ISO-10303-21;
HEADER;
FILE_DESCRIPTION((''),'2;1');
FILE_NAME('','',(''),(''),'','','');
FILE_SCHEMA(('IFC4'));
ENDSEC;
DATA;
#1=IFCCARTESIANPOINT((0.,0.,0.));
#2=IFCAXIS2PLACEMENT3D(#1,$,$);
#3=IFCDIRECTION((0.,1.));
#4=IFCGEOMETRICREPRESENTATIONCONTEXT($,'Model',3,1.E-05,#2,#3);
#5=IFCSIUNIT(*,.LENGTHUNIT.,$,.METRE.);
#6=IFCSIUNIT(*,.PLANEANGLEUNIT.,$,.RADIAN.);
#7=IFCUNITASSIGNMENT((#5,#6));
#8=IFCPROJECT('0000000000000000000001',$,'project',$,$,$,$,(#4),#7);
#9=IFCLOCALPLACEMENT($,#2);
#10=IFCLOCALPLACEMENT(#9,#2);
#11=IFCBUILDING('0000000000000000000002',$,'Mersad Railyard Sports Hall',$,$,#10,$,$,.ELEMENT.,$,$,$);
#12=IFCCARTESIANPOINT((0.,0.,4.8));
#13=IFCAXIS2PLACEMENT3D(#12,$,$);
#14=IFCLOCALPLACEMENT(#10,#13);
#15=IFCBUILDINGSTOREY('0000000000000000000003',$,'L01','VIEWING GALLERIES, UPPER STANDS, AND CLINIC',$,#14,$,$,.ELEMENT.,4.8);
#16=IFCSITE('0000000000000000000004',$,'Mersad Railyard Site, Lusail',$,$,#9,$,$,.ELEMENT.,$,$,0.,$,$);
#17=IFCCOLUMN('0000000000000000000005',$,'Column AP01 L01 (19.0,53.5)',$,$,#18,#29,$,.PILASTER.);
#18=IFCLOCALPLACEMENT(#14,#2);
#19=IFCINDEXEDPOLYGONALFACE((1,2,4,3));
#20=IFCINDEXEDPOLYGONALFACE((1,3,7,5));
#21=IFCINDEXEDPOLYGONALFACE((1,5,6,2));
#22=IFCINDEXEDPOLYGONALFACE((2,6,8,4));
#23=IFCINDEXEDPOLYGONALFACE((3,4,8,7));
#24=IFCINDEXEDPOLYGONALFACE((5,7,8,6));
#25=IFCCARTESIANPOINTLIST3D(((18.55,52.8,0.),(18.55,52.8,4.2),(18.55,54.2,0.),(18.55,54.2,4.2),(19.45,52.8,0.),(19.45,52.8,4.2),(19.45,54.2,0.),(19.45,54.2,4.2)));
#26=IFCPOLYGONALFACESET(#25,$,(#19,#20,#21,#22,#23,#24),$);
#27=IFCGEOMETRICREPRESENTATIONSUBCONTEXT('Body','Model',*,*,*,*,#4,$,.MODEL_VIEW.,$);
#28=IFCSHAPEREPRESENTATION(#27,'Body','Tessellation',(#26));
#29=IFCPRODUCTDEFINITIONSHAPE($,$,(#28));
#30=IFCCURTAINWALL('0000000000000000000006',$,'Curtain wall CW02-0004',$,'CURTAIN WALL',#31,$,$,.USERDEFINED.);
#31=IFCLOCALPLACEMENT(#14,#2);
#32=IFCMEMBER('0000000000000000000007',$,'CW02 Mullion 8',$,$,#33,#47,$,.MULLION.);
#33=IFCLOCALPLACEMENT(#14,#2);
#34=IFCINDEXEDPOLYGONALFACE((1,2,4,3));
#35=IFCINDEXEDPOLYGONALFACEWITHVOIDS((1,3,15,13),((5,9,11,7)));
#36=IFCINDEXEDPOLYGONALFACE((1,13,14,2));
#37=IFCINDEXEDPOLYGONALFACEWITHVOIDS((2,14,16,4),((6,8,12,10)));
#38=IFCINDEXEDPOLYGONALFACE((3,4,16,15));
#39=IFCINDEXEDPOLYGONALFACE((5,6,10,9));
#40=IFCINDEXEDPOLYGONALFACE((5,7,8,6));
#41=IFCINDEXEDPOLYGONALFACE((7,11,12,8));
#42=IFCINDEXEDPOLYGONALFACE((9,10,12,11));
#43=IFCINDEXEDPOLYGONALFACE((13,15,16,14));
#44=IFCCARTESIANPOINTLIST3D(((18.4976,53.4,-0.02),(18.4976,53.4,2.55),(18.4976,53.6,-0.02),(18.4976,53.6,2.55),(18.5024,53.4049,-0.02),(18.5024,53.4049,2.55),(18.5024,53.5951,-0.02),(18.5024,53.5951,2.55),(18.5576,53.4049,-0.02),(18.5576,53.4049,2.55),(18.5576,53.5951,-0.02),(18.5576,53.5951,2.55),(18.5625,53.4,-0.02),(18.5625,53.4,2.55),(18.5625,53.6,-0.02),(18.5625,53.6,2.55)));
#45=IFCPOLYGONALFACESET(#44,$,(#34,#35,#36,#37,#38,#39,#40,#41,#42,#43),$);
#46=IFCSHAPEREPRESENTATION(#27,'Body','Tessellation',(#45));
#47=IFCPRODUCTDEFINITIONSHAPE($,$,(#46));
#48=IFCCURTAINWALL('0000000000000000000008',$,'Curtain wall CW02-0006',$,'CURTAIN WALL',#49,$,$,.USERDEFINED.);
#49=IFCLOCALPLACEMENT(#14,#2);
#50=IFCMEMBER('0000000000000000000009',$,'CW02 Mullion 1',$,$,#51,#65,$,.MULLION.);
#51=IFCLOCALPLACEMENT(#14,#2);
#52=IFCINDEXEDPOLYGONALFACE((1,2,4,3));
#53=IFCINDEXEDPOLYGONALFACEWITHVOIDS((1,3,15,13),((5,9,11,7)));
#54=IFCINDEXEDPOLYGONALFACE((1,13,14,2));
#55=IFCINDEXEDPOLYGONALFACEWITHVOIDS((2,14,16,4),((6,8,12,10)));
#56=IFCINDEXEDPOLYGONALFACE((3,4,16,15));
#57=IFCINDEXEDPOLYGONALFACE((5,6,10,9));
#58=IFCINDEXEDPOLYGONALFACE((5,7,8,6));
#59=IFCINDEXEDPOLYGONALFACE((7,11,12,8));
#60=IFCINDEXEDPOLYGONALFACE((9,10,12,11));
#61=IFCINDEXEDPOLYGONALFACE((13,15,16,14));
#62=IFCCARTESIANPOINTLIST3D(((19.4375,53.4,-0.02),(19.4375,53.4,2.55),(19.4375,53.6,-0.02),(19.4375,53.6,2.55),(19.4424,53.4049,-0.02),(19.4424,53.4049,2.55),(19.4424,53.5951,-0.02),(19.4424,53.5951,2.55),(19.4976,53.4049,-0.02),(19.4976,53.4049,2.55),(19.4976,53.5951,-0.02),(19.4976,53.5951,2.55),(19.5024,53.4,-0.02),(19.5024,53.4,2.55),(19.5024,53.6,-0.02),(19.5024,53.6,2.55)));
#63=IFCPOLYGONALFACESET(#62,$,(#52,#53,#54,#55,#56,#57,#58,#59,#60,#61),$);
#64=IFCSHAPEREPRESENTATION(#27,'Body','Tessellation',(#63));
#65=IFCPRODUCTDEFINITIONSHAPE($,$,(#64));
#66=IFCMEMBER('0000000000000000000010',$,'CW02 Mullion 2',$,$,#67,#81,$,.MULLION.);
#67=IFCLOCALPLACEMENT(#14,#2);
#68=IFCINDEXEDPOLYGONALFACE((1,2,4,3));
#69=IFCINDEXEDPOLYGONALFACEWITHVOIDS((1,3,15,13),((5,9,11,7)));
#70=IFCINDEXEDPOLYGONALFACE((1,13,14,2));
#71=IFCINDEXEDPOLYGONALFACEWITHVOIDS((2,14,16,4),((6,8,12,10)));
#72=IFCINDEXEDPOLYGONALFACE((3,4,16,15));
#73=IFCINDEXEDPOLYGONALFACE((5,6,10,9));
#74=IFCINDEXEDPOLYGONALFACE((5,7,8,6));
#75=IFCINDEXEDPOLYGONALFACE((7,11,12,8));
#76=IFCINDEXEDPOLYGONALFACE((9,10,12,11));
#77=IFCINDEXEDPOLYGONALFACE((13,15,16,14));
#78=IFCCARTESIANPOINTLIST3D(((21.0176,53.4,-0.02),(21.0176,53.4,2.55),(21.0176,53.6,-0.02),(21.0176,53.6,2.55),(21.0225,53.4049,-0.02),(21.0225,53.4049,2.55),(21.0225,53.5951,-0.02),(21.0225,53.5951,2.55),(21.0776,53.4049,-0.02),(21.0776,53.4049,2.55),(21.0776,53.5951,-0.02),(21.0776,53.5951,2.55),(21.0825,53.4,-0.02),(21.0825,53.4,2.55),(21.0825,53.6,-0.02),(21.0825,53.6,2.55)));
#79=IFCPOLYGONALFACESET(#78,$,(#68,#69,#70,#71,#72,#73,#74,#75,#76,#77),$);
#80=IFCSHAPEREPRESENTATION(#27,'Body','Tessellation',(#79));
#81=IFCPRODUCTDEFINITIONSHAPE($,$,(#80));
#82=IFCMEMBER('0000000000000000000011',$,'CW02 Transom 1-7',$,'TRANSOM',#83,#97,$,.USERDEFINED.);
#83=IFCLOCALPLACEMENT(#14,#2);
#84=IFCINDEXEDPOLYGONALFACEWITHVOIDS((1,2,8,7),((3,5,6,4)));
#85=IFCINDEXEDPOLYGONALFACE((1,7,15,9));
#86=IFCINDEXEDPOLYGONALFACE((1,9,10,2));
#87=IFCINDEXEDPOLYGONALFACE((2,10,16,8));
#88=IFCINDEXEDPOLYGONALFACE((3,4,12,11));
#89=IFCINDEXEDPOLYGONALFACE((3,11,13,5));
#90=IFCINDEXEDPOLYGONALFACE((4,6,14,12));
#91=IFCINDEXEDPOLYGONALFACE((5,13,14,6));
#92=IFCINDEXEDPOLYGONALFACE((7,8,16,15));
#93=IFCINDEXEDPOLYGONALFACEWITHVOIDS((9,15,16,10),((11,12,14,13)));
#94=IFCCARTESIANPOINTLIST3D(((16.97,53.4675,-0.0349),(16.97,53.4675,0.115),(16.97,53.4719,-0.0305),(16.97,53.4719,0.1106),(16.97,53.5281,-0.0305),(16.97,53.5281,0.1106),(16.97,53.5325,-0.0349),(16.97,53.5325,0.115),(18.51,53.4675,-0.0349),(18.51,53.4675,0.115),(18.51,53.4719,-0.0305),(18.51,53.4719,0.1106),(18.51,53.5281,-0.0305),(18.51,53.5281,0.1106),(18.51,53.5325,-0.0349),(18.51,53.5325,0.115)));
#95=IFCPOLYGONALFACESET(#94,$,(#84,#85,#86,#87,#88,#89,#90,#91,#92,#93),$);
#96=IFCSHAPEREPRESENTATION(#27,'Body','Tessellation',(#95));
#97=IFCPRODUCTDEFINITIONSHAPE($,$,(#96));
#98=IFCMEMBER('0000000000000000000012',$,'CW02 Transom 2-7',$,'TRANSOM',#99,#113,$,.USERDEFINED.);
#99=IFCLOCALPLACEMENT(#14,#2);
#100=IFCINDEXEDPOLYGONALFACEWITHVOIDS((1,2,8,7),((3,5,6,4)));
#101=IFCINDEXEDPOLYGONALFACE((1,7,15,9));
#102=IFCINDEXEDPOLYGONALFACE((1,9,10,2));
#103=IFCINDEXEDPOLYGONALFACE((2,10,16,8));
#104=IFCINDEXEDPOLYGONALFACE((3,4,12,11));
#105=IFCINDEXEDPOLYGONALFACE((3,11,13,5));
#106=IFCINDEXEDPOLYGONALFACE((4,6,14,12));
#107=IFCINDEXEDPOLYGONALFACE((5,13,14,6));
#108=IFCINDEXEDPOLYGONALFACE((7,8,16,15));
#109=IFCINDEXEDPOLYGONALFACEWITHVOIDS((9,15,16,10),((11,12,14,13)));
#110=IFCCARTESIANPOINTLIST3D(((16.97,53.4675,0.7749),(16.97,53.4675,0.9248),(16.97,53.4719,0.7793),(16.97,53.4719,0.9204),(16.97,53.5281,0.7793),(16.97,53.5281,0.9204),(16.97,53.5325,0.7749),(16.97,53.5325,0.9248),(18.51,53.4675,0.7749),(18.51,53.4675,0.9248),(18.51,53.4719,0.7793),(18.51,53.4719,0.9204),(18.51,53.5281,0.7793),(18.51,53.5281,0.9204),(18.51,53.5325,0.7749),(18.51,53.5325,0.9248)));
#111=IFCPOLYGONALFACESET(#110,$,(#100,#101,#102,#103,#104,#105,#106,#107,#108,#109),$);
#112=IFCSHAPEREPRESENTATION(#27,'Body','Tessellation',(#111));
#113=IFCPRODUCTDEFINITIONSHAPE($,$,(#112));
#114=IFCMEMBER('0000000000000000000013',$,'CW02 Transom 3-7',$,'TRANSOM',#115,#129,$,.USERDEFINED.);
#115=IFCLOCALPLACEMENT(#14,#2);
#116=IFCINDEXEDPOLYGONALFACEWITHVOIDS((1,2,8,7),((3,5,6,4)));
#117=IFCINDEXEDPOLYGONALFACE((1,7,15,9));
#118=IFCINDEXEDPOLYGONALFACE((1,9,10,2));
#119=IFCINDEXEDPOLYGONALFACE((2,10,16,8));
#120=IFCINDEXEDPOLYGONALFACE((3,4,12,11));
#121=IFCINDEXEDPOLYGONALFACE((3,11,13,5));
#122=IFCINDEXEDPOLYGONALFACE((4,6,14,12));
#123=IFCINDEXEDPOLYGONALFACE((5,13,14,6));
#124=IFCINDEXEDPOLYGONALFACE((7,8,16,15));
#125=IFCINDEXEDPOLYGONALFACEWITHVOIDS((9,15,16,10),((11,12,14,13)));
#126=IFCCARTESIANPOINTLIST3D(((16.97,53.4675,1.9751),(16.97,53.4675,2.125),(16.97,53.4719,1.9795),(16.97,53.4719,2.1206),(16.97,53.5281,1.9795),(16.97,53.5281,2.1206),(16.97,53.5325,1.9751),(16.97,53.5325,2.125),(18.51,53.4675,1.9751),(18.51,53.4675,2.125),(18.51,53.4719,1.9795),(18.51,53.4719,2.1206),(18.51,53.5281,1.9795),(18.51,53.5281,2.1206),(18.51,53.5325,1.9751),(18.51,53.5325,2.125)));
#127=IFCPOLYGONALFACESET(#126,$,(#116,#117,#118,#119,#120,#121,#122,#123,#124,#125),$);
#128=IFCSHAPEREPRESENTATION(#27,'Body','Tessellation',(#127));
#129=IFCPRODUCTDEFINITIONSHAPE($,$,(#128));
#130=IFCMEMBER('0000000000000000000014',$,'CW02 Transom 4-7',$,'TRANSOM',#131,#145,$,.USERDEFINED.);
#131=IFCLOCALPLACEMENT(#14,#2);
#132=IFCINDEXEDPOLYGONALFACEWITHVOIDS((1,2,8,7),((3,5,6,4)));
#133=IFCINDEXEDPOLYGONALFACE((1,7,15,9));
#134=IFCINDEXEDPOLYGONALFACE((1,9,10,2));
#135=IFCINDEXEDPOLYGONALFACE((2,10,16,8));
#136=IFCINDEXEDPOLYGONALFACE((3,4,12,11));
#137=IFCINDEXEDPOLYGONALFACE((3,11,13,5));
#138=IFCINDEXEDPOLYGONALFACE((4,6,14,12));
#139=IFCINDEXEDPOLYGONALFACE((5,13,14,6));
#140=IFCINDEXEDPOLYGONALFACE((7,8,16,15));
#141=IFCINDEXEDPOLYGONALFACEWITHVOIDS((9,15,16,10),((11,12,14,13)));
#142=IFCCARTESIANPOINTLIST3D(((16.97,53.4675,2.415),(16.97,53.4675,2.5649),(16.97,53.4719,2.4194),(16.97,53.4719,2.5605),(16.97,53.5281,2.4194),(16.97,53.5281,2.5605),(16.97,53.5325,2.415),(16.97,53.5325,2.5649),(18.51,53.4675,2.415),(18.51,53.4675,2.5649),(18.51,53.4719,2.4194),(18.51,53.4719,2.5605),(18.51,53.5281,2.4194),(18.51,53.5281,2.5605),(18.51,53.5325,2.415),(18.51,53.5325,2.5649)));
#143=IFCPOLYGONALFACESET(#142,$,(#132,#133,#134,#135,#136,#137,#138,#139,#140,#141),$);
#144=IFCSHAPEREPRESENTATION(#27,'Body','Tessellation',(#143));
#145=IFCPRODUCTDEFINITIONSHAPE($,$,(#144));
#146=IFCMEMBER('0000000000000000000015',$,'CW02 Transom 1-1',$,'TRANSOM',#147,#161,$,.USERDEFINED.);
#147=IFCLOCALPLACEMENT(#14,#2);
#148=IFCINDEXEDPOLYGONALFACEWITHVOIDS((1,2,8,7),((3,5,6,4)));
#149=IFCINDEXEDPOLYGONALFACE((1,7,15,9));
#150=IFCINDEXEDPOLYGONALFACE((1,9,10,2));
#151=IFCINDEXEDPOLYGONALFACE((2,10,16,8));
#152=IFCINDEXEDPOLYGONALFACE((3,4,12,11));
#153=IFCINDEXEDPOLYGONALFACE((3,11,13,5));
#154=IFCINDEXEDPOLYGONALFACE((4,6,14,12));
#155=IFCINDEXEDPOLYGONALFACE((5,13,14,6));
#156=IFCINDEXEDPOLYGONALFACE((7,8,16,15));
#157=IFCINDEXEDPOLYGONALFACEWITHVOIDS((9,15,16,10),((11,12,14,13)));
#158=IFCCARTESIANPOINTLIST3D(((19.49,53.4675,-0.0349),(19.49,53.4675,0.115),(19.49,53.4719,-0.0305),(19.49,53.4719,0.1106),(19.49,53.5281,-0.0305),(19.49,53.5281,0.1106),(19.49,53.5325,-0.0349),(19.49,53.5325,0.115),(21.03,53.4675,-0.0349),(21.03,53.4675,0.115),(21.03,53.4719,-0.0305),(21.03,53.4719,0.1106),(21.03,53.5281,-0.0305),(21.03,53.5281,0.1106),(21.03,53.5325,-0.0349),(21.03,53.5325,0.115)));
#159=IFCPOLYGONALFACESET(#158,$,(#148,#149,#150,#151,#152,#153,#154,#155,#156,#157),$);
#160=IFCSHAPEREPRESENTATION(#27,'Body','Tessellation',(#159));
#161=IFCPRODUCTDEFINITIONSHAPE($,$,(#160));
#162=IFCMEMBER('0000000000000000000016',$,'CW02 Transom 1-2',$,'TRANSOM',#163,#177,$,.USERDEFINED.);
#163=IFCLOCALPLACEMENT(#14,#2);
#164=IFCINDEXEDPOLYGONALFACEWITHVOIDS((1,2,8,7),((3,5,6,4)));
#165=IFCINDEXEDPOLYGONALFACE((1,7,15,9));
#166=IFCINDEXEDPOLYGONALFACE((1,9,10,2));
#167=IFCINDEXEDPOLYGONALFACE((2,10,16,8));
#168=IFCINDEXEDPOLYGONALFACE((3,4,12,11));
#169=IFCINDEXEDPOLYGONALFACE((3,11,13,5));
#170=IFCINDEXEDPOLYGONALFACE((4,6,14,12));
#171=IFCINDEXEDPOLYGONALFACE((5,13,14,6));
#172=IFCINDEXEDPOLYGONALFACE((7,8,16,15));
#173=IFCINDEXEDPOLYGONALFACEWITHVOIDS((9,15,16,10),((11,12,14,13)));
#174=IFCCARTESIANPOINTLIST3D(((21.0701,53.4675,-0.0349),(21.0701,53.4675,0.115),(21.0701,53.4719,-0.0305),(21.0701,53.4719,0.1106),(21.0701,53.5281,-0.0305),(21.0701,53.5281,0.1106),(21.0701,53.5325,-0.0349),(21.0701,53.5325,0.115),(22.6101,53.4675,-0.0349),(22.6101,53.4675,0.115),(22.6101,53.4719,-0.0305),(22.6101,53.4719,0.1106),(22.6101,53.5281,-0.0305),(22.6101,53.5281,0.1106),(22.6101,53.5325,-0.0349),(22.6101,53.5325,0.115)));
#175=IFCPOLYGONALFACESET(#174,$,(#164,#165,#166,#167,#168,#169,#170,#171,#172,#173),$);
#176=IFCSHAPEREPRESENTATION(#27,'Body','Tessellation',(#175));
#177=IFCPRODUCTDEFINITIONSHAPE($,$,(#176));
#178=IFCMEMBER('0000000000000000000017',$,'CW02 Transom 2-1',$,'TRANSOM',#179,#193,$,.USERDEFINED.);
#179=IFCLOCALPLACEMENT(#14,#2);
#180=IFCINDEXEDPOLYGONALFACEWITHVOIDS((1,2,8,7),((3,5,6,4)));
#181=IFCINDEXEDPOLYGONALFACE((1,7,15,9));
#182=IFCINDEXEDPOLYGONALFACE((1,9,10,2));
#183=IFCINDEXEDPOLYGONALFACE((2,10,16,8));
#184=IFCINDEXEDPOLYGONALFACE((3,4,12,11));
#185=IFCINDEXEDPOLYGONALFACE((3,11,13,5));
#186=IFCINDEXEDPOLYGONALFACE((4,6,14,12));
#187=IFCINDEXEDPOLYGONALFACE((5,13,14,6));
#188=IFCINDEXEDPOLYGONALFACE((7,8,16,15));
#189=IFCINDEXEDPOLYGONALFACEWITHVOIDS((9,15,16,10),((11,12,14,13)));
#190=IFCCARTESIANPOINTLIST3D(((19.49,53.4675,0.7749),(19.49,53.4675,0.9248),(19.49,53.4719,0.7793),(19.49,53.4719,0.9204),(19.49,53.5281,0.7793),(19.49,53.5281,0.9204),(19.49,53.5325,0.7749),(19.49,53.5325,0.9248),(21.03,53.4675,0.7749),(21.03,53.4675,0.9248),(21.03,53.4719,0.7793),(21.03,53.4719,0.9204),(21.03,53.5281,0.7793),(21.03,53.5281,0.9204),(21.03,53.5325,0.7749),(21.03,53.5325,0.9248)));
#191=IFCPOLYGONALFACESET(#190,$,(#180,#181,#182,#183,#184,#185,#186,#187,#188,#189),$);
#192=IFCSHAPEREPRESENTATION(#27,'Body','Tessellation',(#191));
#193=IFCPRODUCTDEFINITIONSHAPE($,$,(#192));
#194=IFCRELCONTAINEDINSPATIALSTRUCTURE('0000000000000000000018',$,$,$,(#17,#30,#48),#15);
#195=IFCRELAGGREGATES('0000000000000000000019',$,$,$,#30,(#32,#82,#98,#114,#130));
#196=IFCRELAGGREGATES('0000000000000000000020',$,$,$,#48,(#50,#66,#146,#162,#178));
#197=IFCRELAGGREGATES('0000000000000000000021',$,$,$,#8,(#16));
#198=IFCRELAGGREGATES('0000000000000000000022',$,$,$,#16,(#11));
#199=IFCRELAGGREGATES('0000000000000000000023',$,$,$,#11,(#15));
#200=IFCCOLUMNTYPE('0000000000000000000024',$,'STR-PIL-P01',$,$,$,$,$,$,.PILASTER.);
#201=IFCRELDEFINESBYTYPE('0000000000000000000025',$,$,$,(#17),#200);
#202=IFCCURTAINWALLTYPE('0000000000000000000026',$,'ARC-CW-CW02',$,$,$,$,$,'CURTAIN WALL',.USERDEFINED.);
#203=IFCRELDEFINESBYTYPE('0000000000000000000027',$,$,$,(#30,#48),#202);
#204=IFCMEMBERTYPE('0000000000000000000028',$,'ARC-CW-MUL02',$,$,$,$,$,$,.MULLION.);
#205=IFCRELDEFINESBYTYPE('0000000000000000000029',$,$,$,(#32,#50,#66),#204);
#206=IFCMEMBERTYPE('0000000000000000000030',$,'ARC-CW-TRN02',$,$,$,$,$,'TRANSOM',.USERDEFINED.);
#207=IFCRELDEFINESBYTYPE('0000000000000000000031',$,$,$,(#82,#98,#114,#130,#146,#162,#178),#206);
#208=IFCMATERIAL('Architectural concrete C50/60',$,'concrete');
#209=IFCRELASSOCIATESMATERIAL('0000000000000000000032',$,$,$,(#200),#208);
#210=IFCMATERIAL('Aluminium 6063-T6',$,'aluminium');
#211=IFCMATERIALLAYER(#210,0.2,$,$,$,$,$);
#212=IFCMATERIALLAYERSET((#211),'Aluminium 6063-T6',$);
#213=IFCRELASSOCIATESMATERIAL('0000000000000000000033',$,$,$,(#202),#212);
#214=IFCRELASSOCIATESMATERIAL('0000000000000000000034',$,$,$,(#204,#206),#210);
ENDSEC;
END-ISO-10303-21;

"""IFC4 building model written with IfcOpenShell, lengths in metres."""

from ifc_helpers import new_model, si_unit, direction, frame, origin, origin_2d, place, context, subcontext, project, spatial, rectangle, hollow_rectangle, extrude, material, layer, layer_set, material_profile, profile_set, type_object, element, aggregate, save


model = new_model("IFC4")

# Units and contexts
model_context = context("Model", 3, precision=1e-05, world=origin(), true_north=direction((0.0, 1.0)))
body_context = subcontext(model_context, "Body", "Model", "MODEL_VIEW")
ifc_project = project(units=[si_unit("LENGTHUNIT", "METRE"), si_unit("PLANEANGLEUNIT", "RADIAN")], contexts=[model_context])

# Site, building, storey
site_placement = place(None, origin())
site = spatial("IfcSite", under=ifc_project, at=site_placement, Name="Mersad Railyard Site, Lusail", CompositionType="ELEMENT", RefElevation=0.0)
building_placement = place(site_placement, origin())
building = spatial("IfcBuilding", under=site, at=building_placement, Name="Mersad Railyard Sports Hall", CompositionType="ELEMENT")
storey_placement = place(building_placement, frame((0.0, 0.0, 4.8)))
storey = spatial("IfcBuildingStorey", under=building, at=storey_placement, Name="L01", Description="VIEWING GALLERIES, UPPER STANDS, AND CLINIC", CompositionType="ELEMENT", Elevation=4.8)

# Column
ifc_material_1 = material(Name="Architectural concrete C50/60", Category="concrete")
ifc_material_profile_1 = material_profile(ifc_material_1, rectangle(XDim=0.8999, YDim=1.3999, at=origin_2d()), Name="RC 900x1400")
ifc_profile_set_1 = profile_set([ifc_material_profile_1], Name="Architectural concrete C50/60")
column_type = type_object("IfcColumnType", Name="STR-PIL-P01", PredefinedType="PILASTER", material=ifc_profile_set_1)
column_placement = place(storey_placement, frame((19.0, 53.5, 0.0), z_axis=(0.0, 0.0, 1.0), x_axis=(1.0, 0.0, 0.0)))
element("IfcColumn", 1, at=column_placement, inside=storey, type_object=column_type, Name="Column AP01 L01 (19.0,53.5)", PredefinedType="PILASTER", context=body_context, shape_type="SweptSolid", body=[
    extrude(rectangle(XDim=0.8999, YDim=1.3999, at=origin_2d()), origin(), (0.0, 0.0, 1.0), 4.2),
])

# Curtain wall, member
ifc_material_2 = material(Name="Aluminium 6063-T6", Category="aluminium")
ifc_layer_1 = layer(ifc_material_2, 0.2)
ifc_layer_set_1 = layer_set([ifc_layer_1], Name="Aluminium 6063-T6")
curtain_wall_type = type_object("IfcCurtainWallType", Name="ARC-CW-CW02", ElementType="CURTAIN WALL", PredefinedType="USERDEFINED", material=ifc_layer_set_1)
curtain_wall_1_placement = place(storey_placement, origin())
curtain_wall_1 = element("IfcCurtainWall", 2, at=curtain_wall_1_placement, inside=storey, type_object=curtain_wall_type, Name="Curtain wall CW02-0004", ObjectType="CURTAIN WALL", PredefinedType="USERDEFINED")
ifc_material_profile_2 = material_profile(ifc_material_2, hollow_rectangle(XDim=0.0649, YDim=0.2, WallThickness=0.0049, at=origin_2d()), Name="AL MULLION 65x200x5")
ifc_profile_set_2 = profile_set([ifc_material_profile_2], Name="Aluminium 6063-T6")
member_type_1 = type_object("IfcMemberType", Name="ARC-CW-MUL02", PredefinedType="MULLION", material=ifc_profile_set_2)
member_1_placement = place(storey_placement, frame((18.53, 53.5, -0.02), z_axis=(0.0, 0.0, 1.0), x_axis=(1.0, 0.0, 0.0)))
member_1 = element("IfcMember", 3, at=member_1_placement, type_object=member_type_1, Name="CW02 Mullion 8", PredefinedType="MULLION", context=body_context, shape_type="SweptSolid", body=[
    extrude(hollow_rectangle(XDim=0.0649, YDim=0.2, WallThickness=0.0049, at=origin_2d()), origin(), (0.0, 0.0, 1.0), 2.5701),
])

# Curtain wall, members
curtain_wall_2_placement = place(storey_placement, origin())
curtain_wall_2 = element("IfcCurtainWall", 4, at=curtain_wall_2_placement, inside=storey, type_object=curtain_wall_type, Name="Curtain wall CW02-0006", ObjectType="CURTAIN WALL", PredefinedType="USERDEFINED")
member_2_placement = place(storey_placement, frame((19.47, 53.5, -0.02), z_axis=(0.0, 0.0, 1.0), x_axis=(1.0, 0.0, 0.0)))
member_2 = element("IfcMember", 5, at=member_2_placement, type_object=member_type_1, Name="CW02 Mullion 1", PredefinedType="MULLION", context=body_context, shape_type="SweptSolid", body=[
    extrude(hollow_rectangle(XDim=0.0649, YDim=0.2, WallThickness=0.0049, at=origin_2d()), origin(), (0.0, 0.0, 1.0), 2.5701),
])
member_3_placement = place(storey_placement, frame((21.05, 53.5, -0.02), z_axis=(0.0, 0.0, 1.0), x_axis=(1.0, 0.0, 0.0)))
member_3 = element("IfcMember", 6, at=member_3_placement, type_object=member_type_1, Name="CW02 Mullion 2", PredefinedType="MULLION", context=body_context, shape_type="SweptSolid", body=[
    extrude(hollow_rectangle(XDim=0.0649, YDim=0.2, WallThickness=0.0049, at=origin_2d()), origin(), (0.0, 0.0, 1.0), 2.5701),
])

# Members
ifc_material_profile_3 = material_profile(ifc_material_2, hollow_rectangle(XDim=0.0649, YDim=0.1499, WallThickness=0.0044, at=origin_2d()), Name="AL TRANSOM 65x150x4.5")
ifc_profile_set_3 = profile_set([ifc_material_profile_3], Name="Aluminium 6063-T6")
member_type_2 = type_object("IfcMemberType", Name="ARC-CW-TRN02", ElementType="TRANSOM", PredefinedType="USERDEFINED", material=ifc_profile_set_3)
member_4_placement = place(storey_placement, frame((16.97, 53.5, 0.04), z_axis=(1.0, 0.0, 0.0), x_axis=(0.0, 1.0, 0.0)))
member_4 = element("IfcMember", 7, at=member_4_placement, type_object=member_type_2, Name="CW02 Transom 1-7", ObjectType="TRANSOM", PredefinedType="USERDEFINED", context=body_context, shape_type="SweptSolid", body=[
    extrude(hollow_rectangle(XDim=0.0649, YDim=0.1499, WallThickness=0.0044, at=origin_2d()), origin(), (0.0, 0.0, 1.0), 1.54),
])
member_5_placement = place(storey_placement, frame((16.97, 53.5, 0.8499), z_axis=(1.0, 0.0, 0.0), x_axis=(0.0, 1.0, 0.0)))
member_5 = element("IfcMember", 8, at=member_5_placement, type_object=member_type_2, Name="CW02 Transom 2-7", ObjectType="TRANSOM", PredefinedType="USERDEFINED", context=body_context, shape_type="SweptSolid", body=[
    extrude(hollow_rectangle(XDim=0.0649, YDim=0.1499, WallThickness=0.0044, at=origin_2d()), origin(), (0.0, 0.0, 1.0), 1.54),
])
member_6_placement = place(storey_placement, frame((16.97, 53.5, 2.05), z_axis=(1.0, 0.0, 0.0), x_axis=(0.0, 1.0, 0.0)))
member_6 = element("IfcMember", 9, at=member_6_placement, type_object=member_type_2, Name="CW02 Transom 3-7", ObjectType="TRANSOM", PredefinedType="USERDEFINED", context=body_context, shape_type="SweptSolid", body=[
    extrude(hollow_rectangle(XDim=0.0649, YDim=0.1499, WallThickness=0.0044, at=origin_2d()), origin(), (0.0, 0.0, 1.0), 1.54),
])
member_7_placement = place(storey_placement, frame((16.97, 53.5, 2.49), z_axis=(1.0, 0.0, 0.0), x_axis=(0.0, 1.0, 0.0)))
member_7 = element("IfcMember", 10, at=member_7_placement, type_object=member_type_2, Name="CW02 Transom 4-7", ObjectType="TRANSOM", PredefinedType="USERDEFINED", context=body_context, shape_type="SweptSolid", body=[
    extrude(hollow_rectangle(XDim=0.0649, YDim=0.1499, WallThickness=0.0044, at=origin_2d()), origin(), (0.0, 0.0, 1.0), 1.54),
])
member_8_placement = place(storey_placement, frame((19.49, 53.5, 0.04), z_axis=(1.0, 0.0, 0.0), x_axis=(0.0, 1.0, 0.0)))
member_8 = element("IfcMember", 11, at=member_8_placement, type_object=member_type_2, Name="CW02 Transom 1-1", ObjectType="TRANSOM", PredefinedType="USERDEFINED", context=body_context, shape_type="SweptSolid", body=[
    extrude(hollow_rectangle(XDim=0.0649, YDim=0.1499, WallThickness=0.0044, at=origin_2d()), origin(), (0.0, 0.0, 1.0), 1.54),
])
member_9_placement = place(storey_placement, frame((21.0701, 53.5, 0.04), z_axis=(1.0, 0.0, 0.0), x_axis=(0.0, 1.0, 0.0)))
member_9 = element("IfcMember", 12, at=member_9_placement, type_object=member_type_2, Name="CW02 Transom 1-2", ObjectType="TRANSOM", PredefinedType="USERDEFINED", context=body_context, shape_type="SweptSolid", body=[
    extrude(hollow_rectangle(XDim=0.0649, YDim=0.1499, WallThickness=0.0044, at=origin_2d()), origin(), (0.0, 0.0, 1.0), 1.54),
])
member_10_placement = place(storey_placement, frame((19.49, 53.5, 0.8499), z_axis=(1.0, 0.0, 0.0), x_axis=(0.0, 1.0, 0.0)))
member_10 = element("IfcMember", 13, at=member_10_placement, type_object=member_type_2, Name="CW02 Transom 2-1", ObjectType="TRANSOM", PredefinedType="USERDEFINED", context=body_context, shape_type="SweptSolid", body=[
    extrude(hollow_rectangle(XDim=0.0649, YDim=0.1499, WallThickness=0.0044, at=origin_2d()), origin(), (0.0, 0.0, 1.0), 1.54),
])

aggregate(curtain_wall_1, [member_1, member_4, member_5, member_6, member_7])
aggregate(curtain_wall_2, [member_2, member_3, member_8, member_9, member_10])

save(model, "model.ifc")
